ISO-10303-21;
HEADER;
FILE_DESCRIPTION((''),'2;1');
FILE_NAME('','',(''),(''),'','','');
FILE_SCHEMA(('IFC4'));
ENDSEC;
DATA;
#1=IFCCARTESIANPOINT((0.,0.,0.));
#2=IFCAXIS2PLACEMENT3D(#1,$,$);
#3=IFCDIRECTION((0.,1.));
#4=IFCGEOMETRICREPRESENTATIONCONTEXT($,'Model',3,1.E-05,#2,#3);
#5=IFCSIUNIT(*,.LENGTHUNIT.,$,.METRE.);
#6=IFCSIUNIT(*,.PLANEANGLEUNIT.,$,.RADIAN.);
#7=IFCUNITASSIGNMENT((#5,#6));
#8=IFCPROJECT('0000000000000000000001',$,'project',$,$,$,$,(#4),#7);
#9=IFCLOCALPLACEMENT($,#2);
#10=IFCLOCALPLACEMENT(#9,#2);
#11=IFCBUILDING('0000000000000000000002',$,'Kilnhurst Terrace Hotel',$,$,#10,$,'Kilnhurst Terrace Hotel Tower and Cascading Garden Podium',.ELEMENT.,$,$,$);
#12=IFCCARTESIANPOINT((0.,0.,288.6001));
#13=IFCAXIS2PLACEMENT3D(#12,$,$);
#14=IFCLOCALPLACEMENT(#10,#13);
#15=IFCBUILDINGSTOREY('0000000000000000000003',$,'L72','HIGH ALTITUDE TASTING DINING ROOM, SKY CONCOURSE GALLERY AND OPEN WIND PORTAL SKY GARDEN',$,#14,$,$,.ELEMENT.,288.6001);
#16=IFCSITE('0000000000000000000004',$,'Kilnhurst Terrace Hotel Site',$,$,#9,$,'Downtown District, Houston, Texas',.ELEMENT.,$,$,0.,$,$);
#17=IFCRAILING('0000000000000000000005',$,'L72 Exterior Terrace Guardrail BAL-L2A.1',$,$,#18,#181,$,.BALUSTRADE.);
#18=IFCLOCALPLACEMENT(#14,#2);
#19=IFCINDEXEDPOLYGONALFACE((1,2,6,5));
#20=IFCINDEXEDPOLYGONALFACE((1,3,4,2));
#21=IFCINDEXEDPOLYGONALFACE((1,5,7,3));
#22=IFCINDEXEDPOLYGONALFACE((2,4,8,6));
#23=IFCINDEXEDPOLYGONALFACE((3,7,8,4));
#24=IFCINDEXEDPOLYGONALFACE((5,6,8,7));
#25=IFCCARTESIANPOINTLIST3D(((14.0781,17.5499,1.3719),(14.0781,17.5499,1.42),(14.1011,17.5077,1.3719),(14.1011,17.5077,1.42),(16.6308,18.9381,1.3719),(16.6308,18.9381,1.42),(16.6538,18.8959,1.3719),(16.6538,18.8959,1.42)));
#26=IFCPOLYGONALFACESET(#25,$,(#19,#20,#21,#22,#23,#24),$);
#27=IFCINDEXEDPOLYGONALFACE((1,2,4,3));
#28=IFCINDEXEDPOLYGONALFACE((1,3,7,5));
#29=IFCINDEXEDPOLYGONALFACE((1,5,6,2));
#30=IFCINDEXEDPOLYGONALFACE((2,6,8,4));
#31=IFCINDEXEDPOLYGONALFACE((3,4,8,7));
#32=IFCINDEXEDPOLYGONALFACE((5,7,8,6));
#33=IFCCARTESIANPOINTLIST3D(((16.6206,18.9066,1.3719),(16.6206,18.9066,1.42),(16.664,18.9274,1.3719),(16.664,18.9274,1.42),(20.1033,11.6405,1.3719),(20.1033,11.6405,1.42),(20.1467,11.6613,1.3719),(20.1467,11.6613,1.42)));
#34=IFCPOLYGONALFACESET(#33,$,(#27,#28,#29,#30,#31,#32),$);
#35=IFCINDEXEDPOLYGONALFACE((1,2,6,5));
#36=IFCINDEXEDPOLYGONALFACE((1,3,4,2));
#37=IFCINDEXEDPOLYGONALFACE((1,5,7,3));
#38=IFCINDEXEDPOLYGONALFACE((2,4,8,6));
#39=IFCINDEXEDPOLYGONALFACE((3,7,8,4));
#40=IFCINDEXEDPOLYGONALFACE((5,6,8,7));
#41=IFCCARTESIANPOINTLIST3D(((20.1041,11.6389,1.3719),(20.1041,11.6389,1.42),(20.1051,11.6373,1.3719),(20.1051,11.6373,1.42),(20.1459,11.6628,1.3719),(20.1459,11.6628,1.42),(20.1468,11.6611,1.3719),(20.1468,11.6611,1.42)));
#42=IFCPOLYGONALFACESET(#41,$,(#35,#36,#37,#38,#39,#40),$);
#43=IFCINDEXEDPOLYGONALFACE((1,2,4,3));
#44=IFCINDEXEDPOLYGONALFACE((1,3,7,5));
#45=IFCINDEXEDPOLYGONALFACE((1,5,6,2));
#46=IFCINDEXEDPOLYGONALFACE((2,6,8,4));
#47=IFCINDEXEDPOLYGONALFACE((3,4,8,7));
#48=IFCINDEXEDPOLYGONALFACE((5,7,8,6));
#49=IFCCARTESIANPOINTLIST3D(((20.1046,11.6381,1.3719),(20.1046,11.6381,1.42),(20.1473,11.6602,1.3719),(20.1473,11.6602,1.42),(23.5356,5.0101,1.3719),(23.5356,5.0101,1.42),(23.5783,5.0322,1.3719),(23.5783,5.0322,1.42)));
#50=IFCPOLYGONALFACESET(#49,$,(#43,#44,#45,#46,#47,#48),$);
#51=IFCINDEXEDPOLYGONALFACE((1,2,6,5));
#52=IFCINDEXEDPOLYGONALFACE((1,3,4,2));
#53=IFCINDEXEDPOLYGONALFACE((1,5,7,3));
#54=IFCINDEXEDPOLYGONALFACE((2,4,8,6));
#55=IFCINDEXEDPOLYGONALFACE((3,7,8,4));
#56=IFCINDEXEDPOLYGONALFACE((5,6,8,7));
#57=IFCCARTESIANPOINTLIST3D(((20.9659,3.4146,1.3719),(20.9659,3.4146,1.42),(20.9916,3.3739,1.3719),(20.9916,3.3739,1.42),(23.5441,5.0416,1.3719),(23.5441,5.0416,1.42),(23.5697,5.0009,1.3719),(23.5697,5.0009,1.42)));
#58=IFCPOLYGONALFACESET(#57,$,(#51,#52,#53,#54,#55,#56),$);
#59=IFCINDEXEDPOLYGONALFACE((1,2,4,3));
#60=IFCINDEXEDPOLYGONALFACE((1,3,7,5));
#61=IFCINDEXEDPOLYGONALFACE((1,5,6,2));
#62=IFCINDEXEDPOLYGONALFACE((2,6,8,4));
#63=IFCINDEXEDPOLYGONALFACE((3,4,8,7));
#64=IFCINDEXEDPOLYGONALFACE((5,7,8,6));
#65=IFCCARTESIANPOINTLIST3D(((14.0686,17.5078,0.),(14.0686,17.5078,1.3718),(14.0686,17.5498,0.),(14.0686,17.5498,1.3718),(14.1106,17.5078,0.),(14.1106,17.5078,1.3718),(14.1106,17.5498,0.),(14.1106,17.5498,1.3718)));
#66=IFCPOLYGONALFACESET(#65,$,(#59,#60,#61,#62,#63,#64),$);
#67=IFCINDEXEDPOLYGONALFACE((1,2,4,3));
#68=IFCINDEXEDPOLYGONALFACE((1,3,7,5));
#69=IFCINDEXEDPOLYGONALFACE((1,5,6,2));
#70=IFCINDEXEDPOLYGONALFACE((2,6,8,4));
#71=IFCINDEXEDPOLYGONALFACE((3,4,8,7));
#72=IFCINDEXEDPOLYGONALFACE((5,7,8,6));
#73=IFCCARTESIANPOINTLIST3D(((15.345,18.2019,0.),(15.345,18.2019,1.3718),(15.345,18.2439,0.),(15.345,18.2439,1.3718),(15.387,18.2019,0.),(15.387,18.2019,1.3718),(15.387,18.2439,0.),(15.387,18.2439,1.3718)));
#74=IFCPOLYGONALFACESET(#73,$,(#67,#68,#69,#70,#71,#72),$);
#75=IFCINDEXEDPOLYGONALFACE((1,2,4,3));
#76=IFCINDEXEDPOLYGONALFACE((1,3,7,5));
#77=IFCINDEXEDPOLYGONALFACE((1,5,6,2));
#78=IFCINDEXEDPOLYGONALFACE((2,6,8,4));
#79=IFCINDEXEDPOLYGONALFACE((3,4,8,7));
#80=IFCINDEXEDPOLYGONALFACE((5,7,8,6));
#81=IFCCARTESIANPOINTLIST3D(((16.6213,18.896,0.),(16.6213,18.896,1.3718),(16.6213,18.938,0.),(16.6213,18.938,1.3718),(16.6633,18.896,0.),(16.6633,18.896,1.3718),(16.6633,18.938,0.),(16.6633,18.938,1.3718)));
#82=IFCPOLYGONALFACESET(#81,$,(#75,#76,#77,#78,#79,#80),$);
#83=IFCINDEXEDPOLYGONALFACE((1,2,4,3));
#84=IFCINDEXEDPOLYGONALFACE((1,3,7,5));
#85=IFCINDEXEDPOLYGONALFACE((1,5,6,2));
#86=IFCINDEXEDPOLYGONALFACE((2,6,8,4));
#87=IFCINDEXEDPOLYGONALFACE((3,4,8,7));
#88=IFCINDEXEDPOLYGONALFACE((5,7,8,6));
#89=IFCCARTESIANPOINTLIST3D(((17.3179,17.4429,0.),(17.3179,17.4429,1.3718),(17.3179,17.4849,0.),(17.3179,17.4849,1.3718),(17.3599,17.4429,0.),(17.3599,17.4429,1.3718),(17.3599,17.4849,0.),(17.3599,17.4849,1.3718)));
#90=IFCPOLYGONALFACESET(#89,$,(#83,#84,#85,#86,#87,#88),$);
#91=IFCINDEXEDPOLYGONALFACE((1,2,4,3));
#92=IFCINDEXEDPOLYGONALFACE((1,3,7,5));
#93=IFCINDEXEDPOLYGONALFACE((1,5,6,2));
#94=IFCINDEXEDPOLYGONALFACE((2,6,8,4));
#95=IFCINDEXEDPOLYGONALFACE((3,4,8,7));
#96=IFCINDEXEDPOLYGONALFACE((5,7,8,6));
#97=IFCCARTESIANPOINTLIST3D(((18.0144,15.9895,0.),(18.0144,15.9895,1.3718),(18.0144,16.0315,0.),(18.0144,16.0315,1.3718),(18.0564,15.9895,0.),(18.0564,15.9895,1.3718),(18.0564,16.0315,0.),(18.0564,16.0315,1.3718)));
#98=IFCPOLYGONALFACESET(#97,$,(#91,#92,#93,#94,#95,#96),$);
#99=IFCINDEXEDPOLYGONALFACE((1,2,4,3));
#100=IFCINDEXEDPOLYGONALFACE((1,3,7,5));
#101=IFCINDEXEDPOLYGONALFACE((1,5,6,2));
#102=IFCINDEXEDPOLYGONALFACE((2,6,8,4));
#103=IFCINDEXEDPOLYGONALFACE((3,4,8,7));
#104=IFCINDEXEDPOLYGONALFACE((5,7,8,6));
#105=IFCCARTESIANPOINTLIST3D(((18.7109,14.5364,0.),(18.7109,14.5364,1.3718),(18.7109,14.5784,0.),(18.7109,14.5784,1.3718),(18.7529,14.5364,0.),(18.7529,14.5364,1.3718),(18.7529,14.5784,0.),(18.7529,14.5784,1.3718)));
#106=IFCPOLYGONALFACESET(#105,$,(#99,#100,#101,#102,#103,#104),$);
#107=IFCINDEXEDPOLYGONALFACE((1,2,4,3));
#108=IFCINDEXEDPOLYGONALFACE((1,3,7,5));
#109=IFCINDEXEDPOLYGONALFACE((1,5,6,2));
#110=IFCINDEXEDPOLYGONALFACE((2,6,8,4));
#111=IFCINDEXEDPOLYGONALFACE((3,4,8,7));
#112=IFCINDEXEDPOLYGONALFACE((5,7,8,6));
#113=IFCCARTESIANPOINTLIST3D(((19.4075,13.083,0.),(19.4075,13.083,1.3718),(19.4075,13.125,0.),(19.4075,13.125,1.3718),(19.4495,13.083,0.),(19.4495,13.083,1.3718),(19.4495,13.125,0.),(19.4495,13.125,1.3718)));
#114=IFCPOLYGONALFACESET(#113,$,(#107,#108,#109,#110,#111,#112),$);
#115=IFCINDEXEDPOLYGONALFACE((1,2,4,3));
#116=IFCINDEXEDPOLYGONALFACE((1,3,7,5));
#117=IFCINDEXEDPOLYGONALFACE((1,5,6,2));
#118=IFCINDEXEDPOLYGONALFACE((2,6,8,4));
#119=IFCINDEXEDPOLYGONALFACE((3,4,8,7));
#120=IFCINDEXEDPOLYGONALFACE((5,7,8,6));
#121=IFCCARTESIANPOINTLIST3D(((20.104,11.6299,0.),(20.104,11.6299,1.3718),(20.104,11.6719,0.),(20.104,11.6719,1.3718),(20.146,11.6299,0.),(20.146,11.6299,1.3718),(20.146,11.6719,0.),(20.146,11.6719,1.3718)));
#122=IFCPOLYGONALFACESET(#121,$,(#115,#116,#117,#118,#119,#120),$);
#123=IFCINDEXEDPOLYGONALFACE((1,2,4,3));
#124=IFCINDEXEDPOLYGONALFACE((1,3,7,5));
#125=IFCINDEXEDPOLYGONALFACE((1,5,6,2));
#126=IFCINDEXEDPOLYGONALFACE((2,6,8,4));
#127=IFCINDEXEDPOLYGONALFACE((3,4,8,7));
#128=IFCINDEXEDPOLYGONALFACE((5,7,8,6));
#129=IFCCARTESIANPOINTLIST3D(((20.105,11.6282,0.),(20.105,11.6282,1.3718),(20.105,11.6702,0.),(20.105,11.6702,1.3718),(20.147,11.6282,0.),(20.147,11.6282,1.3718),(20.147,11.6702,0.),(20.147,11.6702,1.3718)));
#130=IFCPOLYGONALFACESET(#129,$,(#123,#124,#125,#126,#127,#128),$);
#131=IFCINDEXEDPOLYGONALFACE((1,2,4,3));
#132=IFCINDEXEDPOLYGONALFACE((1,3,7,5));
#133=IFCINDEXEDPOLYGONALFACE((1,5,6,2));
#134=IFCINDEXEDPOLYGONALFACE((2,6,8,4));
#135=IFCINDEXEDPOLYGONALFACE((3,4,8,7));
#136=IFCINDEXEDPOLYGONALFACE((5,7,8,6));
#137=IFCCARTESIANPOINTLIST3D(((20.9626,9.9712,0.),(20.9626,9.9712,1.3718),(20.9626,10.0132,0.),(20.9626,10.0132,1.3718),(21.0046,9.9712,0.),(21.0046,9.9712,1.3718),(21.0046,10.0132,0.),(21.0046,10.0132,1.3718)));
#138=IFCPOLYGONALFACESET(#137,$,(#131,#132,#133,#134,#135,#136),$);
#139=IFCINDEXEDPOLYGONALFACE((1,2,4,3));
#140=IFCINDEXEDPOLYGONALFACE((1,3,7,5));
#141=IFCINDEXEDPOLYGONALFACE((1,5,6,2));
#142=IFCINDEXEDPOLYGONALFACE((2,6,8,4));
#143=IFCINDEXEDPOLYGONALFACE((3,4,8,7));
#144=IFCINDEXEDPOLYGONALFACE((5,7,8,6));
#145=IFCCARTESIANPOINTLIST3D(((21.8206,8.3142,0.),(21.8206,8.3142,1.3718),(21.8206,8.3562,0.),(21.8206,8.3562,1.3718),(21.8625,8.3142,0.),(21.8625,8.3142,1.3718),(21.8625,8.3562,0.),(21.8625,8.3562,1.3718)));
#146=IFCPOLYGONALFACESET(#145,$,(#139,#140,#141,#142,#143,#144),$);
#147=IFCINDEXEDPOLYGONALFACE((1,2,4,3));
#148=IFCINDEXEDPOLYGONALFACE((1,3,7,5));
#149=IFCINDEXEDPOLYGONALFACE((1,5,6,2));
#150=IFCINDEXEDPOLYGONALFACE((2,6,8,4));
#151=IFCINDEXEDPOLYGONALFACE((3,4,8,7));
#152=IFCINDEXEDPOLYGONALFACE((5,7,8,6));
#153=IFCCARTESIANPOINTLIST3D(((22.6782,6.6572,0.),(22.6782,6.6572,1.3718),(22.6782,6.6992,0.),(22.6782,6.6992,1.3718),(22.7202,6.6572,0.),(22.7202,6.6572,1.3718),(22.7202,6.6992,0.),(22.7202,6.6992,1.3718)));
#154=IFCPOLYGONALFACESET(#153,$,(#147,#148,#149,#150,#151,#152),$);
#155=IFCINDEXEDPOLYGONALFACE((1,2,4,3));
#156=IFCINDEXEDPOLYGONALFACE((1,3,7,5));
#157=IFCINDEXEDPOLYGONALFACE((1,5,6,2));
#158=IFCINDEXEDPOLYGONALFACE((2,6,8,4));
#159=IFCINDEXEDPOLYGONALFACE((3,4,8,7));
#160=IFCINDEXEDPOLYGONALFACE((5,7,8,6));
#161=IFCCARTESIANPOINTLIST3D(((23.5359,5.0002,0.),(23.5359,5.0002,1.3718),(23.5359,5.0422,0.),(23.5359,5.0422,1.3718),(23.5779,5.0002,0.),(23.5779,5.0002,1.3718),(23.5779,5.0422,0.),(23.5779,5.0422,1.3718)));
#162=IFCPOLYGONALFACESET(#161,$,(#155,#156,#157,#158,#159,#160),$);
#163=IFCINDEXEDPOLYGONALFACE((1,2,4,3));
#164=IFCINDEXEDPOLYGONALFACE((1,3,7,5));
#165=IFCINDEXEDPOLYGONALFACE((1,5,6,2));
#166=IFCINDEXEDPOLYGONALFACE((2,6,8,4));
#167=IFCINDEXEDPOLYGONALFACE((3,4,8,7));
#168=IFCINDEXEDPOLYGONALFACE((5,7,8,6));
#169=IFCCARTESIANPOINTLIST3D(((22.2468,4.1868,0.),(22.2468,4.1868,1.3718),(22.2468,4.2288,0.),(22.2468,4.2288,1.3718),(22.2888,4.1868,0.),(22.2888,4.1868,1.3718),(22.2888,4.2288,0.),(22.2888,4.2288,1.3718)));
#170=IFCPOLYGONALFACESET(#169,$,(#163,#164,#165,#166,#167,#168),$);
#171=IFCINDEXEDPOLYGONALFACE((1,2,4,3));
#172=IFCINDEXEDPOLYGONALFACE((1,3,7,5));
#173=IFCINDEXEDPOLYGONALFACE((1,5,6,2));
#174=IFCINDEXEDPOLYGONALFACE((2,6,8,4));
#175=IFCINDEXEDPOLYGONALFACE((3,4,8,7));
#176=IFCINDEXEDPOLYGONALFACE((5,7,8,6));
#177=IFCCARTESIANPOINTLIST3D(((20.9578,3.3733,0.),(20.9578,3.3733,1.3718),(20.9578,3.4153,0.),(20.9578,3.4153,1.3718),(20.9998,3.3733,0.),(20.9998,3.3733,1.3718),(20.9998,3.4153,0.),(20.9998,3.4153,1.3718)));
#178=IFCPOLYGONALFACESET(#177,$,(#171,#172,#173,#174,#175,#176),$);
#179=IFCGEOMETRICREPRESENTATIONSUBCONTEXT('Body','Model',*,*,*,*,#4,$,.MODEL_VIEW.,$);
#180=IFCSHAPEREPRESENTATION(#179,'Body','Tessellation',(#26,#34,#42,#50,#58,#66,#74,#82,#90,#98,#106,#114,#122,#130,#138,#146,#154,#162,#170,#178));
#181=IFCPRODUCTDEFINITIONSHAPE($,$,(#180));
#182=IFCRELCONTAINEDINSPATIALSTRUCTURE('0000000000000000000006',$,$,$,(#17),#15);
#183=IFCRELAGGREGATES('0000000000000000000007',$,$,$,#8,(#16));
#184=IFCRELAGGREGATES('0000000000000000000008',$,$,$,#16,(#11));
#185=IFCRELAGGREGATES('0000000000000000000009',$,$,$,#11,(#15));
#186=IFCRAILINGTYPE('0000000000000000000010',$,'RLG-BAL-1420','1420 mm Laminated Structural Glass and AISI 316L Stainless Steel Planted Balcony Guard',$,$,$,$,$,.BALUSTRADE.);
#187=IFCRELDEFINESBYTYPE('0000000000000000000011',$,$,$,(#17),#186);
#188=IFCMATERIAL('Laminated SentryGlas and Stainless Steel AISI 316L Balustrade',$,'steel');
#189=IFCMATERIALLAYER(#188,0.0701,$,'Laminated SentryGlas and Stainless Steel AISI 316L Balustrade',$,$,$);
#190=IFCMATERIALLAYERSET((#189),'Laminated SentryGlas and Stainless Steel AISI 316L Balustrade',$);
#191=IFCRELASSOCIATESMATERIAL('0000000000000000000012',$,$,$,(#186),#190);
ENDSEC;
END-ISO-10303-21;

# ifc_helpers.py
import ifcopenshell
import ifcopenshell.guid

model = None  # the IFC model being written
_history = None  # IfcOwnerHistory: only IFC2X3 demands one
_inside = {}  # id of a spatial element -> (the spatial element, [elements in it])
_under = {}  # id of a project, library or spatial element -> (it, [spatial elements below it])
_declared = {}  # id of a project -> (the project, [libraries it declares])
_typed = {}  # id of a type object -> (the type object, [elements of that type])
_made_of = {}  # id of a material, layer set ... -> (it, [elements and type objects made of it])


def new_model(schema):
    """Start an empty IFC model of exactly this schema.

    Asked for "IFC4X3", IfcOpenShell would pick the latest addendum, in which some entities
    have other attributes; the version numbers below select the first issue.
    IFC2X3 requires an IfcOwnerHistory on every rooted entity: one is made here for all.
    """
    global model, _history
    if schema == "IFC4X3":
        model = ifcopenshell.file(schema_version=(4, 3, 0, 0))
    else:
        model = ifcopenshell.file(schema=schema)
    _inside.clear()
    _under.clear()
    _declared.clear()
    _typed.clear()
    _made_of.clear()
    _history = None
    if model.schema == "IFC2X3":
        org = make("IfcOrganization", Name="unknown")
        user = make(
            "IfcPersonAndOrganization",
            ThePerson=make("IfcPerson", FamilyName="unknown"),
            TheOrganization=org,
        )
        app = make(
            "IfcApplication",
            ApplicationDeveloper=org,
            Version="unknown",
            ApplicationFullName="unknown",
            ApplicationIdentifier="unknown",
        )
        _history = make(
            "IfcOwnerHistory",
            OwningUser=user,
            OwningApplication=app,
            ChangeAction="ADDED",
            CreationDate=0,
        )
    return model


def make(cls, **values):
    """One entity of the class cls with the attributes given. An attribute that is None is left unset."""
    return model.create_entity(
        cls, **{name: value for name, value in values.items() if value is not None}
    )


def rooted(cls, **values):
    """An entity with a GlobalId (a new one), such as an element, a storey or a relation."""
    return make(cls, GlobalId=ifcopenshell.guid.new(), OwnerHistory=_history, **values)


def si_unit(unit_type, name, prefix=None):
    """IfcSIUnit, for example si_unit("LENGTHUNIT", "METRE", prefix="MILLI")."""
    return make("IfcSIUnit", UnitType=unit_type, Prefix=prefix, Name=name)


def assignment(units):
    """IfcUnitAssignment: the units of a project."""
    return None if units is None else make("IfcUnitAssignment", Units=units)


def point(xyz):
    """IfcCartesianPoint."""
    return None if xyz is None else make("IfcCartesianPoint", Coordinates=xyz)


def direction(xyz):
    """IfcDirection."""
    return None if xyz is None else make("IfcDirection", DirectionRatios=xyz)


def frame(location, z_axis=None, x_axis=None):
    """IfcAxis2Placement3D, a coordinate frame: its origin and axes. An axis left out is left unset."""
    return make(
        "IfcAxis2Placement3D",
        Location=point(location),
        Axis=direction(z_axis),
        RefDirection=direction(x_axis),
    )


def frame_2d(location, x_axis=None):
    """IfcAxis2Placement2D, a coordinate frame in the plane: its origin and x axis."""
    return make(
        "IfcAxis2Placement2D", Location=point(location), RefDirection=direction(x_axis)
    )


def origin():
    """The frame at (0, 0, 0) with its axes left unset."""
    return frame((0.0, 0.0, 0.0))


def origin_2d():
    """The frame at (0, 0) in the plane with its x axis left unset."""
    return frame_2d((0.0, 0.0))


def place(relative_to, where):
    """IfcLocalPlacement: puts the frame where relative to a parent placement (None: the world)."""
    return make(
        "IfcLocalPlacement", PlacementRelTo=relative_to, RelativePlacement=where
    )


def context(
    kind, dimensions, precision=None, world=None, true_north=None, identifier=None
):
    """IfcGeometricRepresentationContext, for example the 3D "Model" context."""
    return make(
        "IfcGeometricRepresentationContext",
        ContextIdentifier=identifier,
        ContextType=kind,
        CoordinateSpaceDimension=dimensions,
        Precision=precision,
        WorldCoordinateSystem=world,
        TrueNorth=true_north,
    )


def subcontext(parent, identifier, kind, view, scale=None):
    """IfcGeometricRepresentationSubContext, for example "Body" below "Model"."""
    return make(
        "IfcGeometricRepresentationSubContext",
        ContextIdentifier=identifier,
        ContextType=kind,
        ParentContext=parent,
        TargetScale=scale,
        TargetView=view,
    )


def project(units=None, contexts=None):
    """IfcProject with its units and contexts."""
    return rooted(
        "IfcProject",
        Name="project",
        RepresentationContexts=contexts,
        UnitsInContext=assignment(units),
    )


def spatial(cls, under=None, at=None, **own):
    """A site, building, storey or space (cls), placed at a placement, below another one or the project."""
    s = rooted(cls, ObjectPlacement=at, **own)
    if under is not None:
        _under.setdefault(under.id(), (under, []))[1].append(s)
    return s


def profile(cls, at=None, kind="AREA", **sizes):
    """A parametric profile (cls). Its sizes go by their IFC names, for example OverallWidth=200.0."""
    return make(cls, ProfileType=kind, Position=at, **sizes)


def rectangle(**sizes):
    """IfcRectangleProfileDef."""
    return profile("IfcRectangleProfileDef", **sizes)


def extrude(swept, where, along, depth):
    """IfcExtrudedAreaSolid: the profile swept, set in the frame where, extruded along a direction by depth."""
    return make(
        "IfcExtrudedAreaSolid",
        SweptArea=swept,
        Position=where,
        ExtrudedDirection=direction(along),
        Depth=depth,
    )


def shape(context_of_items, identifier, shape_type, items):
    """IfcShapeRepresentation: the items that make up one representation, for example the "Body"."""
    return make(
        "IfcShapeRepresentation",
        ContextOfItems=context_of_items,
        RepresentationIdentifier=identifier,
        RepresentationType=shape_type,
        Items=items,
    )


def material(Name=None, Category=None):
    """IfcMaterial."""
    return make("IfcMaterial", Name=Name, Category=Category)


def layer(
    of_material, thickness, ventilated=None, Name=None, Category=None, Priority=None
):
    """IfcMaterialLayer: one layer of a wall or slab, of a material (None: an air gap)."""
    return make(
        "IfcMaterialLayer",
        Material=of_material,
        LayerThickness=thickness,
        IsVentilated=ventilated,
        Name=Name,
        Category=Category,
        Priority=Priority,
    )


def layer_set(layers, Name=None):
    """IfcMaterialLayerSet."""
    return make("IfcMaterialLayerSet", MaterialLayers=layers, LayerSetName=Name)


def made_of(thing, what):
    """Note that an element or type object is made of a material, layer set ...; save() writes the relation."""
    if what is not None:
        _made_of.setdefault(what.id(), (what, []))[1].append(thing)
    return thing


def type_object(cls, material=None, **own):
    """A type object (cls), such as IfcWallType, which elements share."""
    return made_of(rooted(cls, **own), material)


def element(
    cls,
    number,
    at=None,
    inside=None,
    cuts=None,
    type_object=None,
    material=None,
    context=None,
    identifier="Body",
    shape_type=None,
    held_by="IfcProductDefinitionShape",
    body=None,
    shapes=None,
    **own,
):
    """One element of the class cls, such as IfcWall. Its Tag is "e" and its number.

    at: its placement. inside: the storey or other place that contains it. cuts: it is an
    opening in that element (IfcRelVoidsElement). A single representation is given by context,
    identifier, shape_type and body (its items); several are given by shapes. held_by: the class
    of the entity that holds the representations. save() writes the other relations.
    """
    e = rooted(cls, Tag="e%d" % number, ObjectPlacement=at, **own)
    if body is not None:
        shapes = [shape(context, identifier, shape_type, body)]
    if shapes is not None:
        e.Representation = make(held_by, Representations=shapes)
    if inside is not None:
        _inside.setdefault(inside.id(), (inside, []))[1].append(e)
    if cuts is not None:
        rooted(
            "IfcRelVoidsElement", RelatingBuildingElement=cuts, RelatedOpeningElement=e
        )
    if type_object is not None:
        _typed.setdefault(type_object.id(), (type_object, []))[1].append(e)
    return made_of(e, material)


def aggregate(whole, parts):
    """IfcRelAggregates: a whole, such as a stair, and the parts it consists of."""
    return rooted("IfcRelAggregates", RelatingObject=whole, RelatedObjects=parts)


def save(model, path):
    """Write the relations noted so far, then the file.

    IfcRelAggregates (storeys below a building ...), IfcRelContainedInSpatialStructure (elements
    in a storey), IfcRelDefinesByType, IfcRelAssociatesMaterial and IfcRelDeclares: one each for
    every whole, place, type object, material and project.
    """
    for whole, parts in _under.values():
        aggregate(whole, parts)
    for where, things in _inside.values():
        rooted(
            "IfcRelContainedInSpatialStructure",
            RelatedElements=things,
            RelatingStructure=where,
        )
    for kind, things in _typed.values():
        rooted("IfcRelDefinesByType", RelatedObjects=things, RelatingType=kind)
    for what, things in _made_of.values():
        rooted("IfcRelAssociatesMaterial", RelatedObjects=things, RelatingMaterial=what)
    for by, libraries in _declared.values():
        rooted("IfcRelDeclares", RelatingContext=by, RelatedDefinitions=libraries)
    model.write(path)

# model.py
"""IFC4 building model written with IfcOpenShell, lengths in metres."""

from ifc_helpers import new_model, si_unit, direction, frame, origin, origin_2d, place, context, subcontext, project, spatial, rectangle, extrude, material, layer, layer_set, type_object, element, save


model = new_model("IFC4")

# Units and contexts
model_context = context("Model", 3, precision=1e-05, world=origin(), true_north=direction((0.0, 1.0)))
body_context = subcontext(model_context, "Body", "Model", "MODEL_VIEW")
ifc_project = project(units=[si_unit("LENGTHUNIT", "METRE"), si_unit("PLANEANGLEUNIT", "RADIAN")], contexts=[model_context])

# Site, building, storey
site_placement = place(None, origin())
site = spatial("IfcSite", under=ifc_project, at=site_placement, Name="Kilnhurst Terrace Hotel Site", LongName="Downtown District, Houston, Texas", CompositionType="ELEMENT", RefElevation=0.0)
building_placement = place(site_placement, origin())
building = spatial("IfcBuilding", under=site, at=building_placement, Name="Kilnhurst Terrace Hotel", LongName="Kilnhurst Terrace Hotel Tower and Cascading Garden Podium", CompositionType="ELEMENT")
storey_placement = place(building_placement, frame((0.0, 0.0, 288.6001)))
storey = spatial("IfcBuildingStorey", under=building, at=storey_placement, Name="L72", Description="HIGH ALTITUDE TASTING DINING ROOM, SKY CONCOURSE GALLERY AND OPEN WIND PORTAL SKY GARDEN", CompositionType="ELEMENT", Elevation=288.6001)

# Railing
ifc_material_1 = material(Name="Laminated SentryGlas and Stainless Steel AISI 316L Balustrade", Category="steel")
ifc_layer_1 = layer(ifc_material_1, 0.0701, Name="Laminated SentryGlas and Stainless Steel AISI 316L Balustrade")
ifc_layer_set_1 = layer_set([ifc_layer_1], Name="Laminated SentryGlas and Stainless Steel AISI 316L Balustrade")
railing_type_1 = type_object("IfcRailingType", Name="RLG-BAL-1420", Description="1420 mm Laminated Structural Glass and AISI 316L Stainless Steel Planted Balcony Guard", PredefinedType="BALUSTRADE", material=ifc_layer_set_1)
railing_1_placement = place(storey_placement, frame((14.0896, 17.5288, 0.0)))
element("IfcRailing", 1, at=railing_1_placement, inside=storey, type_object=railing_type_1, Name="L72 Exterior Terrace Guardrail BAL-L2A.1", PredefinedType="BALUSTRADE", context=body_context, shape_type="SweptSolid", body=[
    extrude(rectangle(XDim=0.0481, YDim=0.0481, at=origin_2d()), frame((0.0, 0.0, 1.396), z_axis=(0.878505, 0.477733, 0.0), x_axis=(-0.477733, 0.878505, 0.0)), (0.0, 0.0, 1.0), 2.9058),
    extrude(rectangle(XDim=0.0481, YDim=0.0481, at=origin_2d()), frame((2.5527, 1.3882, 1.396), z_axis=(0.43222, -0.901768, 0.0), x_axis=(0.901768, 0.43222, 0.0)), (0.0, 0.0, 1.0), 8.0576),
    extrude(rectangle(XDim=0.0481, YDim=0.0481, at=origin_2d()), frame((6.0354, -5.8779, 1.396), z_axis=(0.496139, -0.868243, 0.0), x_axis=(0.868243, 0.496139, 0.0)), (0.0, 0.0, 1.0), 0.002),
    extrude(rectangle(XDim=0.0481, YDim=0.0481, at=origin_2d()), frame((6.0364, -5.8796, 1.396), z_axis=(0.459705, -0.888072, 0.0), x_axis=(0.888072, 0.459705, 0.0)), (0.0, 0.0, 1.0), 7.4634),
    extrude(rectangle(XDim=0.0481, YDim=0.0481, at=origin_2d()), frame((9.4673, -12.5076, 1.396), z_axis=(-0.845687, -0.53368, 0.0), x_axis=(0.53368, -0.845687, 0.0)), (0.0, 0.0, 1.0), 3.0486),
    extrude(rectangle(XDim=0.042, YDim=0.042, at=origin_2d()), origin(), (0.0, 0.0, 1.0), 1.3718),
    extrude(rectangle(XDim=0.042, YDim=0.042, at=origin_2d()), frame((1.2764, 0.6941, 0.0)), (0.0, 0.0, 1.0), 1.3718),
    extrude(rectangle(XDim=0.042, YDim=0.042, at=origin_2d()), frame((2.5527, 1.3882, 0.0)), (0.0, 0.0, 1.0), 1.3718),
    extrude(rectangle(XDim=0.042, YDim=0.042, at=origin_2d()), frame((3.2493, -0.0649, 0.0)), (0.0, 0.0, 1.0), 1.3718),
    extrude(rectangle(XDim=0.042, YDim=0.042, at=origin_2d()), frame((3.9458, -1.5183, 0.0)), (0.0, 0.0, 1.0), 1.3718),
    extrude(rectangle(XDim=0.042, YDim=0.042, at=origin_2d()), frame((4.6423, -2.9714, 0.0)), (0.0, 0.0, 1.0), 1.3718),
    extrude(rectangle(XDim=0.042, YDim=0.042, at=origin_2d()), frame((5.3389, -4.4248, 0.0)), (0.0, 0.0, 1.0), 1.3718),
    extrude(rectangle(XDim=0.042, YDim=0.042, at=origin_2d()), frame((6.0354, -5.8779, 0.0)), (0.0, 0.0, 1.0), 1.3718),
    extrude(rectangle(XDim=0.042, YDim=0.042, at=origin_2d()), frame((6.0364, -5.8796, 0.0)), (0.0, 0.0, 1.0), 1.3718),
    extrude(rectangle(XDim=0.042, YDim=0.042, at=origin_2d()), frame((6.894, -7.5366, 0.0)), (0.0, 0.0, 1.0), 1.3718),
    extrude(rectangle(XDim=0.042, YDim=0.042, at=origin_2d()), frame((7.752, -9.1936, 0.0)), (0.0, 0.0, 1.0), 1.3718),
    extrude(rectangle(XDim=0.042, YDim=0.042, at=origin_2d()), frame((8.6096, -10.8506, 0.0)), (0.0, 0.0, 1.0), 1.3718),
    extrude(rectangle(XDim=0.042, YDim=0.042, at=origin_2d()), frame((9.4673, -12.5076, 0.0)), (0.0, 0.0, 1.0), 1.3718),
    extrude(rectangle(XDim=0.042, YDim=0.042, at=origin_2d()), frame((8.1782, -13.321, 0.0)), (0.0, 0.0, 1.0), 1.3718),
    extrude(rectangle(XDim=0.042, YDim=0.042, at=origin_2d()), frame((6.8892, -14.1345, 0.0)), (0.0, 0.0, 1.0), 1.3718),
])

save(model, "model.ifc")
